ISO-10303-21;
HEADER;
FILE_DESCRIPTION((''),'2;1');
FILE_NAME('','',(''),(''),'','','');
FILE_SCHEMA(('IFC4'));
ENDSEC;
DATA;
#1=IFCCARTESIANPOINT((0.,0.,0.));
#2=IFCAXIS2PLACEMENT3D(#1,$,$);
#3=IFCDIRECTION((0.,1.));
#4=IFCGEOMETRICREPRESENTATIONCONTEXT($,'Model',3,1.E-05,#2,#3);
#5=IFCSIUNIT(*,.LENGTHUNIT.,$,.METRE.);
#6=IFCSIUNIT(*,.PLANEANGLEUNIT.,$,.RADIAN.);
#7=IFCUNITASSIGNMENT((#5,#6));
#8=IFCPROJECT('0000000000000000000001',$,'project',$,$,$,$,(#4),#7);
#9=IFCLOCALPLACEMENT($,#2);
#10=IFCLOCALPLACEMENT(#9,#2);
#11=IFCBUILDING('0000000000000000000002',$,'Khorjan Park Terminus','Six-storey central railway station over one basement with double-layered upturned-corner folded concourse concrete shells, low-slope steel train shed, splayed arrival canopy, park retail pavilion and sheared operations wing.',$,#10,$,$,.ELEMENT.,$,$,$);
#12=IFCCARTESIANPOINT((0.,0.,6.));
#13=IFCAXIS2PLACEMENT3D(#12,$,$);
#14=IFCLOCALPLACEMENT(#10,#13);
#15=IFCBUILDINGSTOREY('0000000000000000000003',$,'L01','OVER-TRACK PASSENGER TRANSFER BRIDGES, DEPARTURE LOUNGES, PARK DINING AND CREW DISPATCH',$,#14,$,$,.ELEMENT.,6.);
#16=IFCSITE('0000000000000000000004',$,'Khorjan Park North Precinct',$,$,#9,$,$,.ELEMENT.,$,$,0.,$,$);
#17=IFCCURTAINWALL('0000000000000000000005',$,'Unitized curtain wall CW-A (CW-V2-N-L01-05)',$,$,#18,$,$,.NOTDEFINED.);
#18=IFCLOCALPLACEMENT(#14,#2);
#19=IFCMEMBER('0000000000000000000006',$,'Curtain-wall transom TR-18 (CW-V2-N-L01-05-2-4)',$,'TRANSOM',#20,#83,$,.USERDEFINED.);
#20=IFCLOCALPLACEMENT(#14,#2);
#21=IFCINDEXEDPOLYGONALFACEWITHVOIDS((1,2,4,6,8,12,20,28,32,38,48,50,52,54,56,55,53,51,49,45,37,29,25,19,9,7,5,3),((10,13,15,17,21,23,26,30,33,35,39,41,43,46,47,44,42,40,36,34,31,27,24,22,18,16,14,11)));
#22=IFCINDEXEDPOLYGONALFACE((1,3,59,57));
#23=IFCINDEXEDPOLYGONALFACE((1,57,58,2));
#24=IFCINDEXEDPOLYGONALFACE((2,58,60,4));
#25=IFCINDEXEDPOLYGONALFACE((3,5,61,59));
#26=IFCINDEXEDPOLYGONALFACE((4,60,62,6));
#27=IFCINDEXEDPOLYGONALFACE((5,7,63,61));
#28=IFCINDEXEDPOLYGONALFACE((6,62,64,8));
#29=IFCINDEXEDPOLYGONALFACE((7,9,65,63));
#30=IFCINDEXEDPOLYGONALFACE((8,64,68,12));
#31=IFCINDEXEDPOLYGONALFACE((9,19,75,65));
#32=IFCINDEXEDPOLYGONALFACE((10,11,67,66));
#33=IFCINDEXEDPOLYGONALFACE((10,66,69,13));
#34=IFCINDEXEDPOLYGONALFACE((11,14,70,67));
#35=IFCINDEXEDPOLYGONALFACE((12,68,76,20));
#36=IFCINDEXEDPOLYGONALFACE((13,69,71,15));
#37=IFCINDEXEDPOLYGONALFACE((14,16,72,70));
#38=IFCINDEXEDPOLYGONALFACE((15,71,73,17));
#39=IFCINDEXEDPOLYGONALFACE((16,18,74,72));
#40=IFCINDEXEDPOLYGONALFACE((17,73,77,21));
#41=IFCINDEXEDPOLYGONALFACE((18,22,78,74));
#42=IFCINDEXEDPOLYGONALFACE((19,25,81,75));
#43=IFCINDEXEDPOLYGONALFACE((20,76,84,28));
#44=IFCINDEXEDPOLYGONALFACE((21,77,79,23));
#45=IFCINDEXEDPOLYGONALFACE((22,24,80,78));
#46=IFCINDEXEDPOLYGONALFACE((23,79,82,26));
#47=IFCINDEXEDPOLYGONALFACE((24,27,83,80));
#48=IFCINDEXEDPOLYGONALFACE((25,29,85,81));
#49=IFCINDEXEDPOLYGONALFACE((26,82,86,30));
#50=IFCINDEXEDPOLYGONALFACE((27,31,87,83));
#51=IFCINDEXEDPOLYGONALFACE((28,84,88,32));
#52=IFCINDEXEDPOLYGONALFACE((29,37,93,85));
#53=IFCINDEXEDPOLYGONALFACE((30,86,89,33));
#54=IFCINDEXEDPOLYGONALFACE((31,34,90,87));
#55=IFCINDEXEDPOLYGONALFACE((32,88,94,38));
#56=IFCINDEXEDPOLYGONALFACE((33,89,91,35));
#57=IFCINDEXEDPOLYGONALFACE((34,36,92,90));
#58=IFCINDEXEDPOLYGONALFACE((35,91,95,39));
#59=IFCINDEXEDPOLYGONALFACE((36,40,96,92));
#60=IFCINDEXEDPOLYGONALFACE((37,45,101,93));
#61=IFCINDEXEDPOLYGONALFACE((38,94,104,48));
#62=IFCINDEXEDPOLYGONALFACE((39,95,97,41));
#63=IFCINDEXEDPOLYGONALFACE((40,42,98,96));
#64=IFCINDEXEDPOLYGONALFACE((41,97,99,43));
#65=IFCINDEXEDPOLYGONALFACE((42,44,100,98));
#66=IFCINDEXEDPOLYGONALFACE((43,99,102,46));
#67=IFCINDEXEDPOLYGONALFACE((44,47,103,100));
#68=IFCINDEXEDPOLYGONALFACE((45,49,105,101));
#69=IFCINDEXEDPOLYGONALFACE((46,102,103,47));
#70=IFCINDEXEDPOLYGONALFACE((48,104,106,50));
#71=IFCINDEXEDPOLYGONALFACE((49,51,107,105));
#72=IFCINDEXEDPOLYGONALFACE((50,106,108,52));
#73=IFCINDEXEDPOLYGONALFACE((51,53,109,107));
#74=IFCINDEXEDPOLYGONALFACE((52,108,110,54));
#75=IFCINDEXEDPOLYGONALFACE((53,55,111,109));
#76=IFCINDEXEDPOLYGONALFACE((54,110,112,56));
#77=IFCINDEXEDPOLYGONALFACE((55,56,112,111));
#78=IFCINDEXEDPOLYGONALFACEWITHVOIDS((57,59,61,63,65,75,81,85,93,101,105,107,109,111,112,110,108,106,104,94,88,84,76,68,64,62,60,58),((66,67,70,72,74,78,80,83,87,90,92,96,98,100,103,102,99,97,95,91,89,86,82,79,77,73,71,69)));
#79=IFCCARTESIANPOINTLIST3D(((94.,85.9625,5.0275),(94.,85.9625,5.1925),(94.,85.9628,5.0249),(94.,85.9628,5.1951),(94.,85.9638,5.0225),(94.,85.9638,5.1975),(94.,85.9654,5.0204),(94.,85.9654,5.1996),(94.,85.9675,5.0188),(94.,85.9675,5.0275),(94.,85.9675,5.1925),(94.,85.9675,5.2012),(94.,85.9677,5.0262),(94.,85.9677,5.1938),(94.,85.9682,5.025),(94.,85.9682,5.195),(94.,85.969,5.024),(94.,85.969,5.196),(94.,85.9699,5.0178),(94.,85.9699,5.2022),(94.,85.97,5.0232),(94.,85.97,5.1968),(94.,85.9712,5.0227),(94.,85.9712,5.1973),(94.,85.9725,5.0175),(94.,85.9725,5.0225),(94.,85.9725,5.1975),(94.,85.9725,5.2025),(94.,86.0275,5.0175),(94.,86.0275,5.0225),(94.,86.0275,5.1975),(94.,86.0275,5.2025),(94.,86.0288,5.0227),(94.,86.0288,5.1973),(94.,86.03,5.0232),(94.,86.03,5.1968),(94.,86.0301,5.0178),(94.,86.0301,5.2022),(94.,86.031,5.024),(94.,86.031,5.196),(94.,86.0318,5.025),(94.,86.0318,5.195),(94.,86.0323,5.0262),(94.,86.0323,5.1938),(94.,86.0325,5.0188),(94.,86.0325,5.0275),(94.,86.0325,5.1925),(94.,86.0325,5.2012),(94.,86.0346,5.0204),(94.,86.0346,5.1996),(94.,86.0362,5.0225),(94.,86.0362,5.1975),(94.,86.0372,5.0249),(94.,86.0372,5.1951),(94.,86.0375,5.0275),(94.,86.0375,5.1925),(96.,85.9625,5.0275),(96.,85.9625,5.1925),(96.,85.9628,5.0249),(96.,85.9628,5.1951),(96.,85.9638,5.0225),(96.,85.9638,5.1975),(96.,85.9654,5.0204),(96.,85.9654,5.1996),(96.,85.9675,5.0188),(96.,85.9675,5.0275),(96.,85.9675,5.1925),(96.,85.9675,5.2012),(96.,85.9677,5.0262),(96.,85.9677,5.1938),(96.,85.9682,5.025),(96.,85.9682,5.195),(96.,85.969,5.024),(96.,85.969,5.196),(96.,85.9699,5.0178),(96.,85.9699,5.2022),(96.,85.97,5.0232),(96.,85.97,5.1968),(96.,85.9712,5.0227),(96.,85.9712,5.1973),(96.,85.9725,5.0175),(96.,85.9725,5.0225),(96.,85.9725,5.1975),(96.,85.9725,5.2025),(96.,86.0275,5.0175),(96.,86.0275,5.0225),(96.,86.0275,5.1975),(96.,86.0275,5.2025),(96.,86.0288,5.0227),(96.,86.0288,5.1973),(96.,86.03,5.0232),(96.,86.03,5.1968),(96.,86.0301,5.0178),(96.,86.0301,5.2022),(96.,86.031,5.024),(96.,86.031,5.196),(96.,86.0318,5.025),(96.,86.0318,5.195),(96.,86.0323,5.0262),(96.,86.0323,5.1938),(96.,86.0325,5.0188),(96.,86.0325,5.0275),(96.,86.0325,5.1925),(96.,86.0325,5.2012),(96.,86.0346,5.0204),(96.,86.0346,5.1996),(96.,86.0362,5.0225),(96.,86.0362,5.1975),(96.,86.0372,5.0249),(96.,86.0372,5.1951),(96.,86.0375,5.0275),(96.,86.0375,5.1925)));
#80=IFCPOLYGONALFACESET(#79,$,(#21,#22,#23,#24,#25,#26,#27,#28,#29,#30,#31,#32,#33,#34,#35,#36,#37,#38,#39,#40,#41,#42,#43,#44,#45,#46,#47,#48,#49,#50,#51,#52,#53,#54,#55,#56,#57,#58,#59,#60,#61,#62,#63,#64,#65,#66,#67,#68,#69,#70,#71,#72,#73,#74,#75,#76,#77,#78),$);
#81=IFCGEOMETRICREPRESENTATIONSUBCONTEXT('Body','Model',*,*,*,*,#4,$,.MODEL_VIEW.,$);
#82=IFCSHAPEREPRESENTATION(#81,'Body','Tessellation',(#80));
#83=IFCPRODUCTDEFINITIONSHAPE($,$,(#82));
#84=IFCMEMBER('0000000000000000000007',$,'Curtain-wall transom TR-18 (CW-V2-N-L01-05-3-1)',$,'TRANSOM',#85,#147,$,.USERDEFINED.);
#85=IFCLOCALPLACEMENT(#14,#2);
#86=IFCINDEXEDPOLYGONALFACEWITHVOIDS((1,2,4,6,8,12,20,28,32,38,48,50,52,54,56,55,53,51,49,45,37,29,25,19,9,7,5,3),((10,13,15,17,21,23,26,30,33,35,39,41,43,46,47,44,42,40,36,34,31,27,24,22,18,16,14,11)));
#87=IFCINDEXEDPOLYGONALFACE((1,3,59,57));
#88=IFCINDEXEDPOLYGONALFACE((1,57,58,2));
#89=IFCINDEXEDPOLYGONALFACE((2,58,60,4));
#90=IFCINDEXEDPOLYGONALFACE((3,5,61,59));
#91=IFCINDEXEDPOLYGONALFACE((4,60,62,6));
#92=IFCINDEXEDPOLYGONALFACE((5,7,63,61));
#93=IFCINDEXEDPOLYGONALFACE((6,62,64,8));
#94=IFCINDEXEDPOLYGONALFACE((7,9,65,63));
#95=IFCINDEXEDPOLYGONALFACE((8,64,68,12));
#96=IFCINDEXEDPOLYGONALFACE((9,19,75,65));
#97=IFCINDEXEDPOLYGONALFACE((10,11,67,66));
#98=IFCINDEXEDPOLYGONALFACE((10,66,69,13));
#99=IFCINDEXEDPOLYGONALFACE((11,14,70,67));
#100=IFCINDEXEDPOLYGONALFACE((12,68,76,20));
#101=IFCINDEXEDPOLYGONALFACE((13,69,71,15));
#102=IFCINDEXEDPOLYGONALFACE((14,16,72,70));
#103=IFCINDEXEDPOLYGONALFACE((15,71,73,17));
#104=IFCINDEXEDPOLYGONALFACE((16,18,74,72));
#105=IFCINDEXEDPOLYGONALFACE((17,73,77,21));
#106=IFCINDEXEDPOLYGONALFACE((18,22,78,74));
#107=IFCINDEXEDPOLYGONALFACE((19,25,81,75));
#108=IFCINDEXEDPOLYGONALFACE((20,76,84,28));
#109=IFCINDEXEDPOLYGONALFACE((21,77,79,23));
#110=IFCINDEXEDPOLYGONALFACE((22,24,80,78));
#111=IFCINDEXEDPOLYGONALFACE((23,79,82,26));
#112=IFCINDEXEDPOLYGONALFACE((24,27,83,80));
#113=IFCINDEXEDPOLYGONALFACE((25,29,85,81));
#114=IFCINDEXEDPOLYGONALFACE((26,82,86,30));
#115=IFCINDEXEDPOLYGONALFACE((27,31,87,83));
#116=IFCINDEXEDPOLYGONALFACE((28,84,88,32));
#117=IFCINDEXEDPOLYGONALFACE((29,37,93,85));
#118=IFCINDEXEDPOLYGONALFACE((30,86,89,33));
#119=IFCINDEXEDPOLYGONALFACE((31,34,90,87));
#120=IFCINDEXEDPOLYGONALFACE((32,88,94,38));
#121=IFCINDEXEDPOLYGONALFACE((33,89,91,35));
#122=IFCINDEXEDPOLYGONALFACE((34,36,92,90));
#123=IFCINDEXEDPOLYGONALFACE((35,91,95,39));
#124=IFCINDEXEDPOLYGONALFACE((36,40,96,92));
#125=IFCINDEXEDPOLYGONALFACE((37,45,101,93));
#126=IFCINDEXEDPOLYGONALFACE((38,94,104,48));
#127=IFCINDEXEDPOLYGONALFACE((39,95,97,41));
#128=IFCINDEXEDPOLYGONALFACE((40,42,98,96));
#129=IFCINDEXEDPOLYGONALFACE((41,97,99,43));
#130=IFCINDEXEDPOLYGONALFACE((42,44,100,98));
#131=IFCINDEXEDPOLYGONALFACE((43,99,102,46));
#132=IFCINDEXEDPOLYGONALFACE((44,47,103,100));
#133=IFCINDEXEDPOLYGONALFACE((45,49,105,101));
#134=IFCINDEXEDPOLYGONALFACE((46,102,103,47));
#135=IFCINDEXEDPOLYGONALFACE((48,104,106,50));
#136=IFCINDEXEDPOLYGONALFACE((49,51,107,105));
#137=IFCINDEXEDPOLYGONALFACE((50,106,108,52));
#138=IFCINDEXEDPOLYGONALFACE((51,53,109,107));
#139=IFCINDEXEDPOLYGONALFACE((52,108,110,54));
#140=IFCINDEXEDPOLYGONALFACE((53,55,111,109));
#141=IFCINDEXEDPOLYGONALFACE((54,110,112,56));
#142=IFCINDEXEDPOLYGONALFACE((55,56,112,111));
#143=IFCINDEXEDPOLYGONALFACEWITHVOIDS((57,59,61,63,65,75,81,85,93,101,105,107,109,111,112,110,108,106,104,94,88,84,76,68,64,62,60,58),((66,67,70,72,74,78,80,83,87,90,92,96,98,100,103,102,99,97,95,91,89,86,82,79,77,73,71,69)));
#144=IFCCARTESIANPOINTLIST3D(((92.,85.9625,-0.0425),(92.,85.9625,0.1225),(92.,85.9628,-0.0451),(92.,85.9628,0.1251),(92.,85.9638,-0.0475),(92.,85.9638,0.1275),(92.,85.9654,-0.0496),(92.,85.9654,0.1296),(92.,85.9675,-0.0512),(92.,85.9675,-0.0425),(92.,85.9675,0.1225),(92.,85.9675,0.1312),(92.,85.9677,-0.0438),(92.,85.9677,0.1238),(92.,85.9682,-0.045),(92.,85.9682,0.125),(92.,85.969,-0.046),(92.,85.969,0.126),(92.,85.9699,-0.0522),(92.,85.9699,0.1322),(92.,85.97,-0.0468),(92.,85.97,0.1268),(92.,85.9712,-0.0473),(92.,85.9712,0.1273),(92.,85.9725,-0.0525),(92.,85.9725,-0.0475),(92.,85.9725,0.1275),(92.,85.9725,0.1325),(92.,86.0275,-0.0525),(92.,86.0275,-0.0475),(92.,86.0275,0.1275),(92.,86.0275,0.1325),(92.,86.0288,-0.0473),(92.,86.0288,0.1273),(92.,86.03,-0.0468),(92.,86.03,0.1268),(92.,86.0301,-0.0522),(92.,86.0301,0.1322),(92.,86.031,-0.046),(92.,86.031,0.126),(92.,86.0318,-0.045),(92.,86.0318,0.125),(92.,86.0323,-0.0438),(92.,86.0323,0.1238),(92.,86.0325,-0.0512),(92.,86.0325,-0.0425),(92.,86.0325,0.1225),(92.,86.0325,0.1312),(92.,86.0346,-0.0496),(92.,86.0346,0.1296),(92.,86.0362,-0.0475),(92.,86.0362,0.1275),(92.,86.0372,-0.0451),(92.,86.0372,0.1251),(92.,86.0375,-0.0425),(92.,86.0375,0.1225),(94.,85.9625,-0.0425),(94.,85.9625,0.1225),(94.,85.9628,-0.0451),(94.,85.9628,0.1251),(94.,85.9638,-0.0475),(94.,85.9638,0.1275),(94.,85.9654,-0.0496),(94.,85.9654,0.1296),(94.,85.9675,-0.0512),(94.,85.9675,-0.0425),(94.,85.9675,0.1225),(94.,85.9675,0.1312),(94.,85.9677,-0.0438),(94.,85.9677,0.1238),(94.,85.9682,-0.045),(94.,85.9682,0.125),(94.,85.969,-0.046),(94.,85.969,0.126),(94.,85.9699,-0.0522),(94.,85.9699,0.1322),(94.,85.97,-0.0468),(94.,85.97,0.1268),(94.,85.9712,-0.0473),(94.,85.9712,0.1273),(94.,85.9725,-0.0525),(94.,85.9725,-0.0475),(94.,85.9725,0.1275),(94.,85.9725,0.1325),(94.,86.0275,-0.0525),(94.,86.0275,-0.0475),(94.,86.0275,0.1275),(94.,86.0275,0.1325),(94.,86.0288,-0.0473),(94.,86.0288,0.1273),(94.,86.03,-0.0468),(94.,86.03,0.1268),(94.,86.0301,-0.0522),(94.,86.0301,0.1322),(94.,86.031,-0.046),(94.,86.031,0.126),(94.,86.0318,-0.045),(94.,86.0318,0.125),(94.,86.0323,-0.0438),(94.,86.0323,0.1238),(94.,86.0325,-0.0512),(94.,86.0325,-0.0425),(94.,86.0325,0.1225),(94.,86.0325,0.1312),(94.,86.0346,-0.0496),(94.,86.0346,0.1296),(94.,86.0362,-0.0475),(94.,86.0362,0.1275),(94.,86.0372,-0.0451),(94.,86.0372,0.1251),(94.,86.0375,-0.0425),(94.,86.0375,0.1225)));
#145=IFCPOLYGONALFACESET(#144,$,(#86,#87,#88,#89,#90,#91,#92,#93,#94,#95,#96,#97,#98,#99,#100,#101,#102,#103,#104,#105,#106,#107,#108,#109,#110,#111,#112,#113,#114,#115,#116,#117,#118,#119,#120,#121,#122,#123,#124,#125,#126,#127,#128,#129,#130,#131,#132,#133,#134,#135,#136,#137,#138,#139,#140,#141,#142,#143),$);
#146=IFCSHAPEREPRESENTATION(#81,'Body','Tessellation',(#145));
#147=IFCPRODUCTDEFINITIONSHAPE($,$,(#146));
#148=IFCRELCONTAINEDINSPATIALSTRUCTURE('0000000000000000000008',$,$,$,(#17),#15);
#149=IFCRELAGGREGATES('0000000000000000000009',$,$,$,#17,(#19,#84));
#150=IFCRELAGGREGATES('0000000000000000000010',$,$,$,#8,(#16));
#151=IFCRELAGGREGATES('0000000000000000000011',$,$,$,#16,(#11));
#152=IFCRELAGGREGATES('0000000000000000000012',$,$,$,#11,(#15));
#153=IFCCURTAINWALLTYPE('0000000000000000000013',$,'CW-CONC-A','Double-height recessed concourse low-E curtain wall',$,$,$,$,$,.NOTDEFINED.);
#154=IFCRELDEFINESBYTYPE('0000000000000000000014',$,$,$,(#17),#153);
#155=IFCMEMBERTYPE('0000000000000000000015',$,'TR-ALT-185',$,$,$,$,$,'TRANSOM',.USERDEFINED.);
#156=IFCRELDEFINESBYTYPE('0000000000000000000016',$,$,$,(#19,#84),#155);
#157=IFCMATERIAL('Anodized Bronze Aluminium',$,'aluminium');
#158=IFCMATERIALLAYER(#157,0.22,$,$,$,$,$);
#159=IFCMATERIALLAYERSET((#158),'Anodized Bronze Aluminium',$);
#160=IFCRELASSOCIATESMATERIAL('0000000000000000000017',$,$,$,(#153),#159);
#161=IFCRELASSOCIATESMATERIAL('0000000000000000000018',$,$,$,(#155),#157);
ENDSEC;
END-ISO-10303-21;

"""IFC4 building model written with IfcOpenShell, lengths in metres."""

from ifc_helpers import new_model, si_unit, direction, frame, origin, origin_2d, place, context, subcontext, project, spatial, hollow_rectangle, extrude, material, layer, layer_set, material_profile, profile_set, type_object, element, aggregate, save


model = new_model("IFC4")

# Units and contexts
model_context = context("Model", 3, precision=1e-05, world=origin(), true_north=direction((0.0, 1.0)))
body_context = subcontext(model_context, "Body", "Model", "MODEL_VIEW")
ifc_project = project(units=[si_unit("LENGTHUNIT", "METRE"), si_unit("PLANEANGLEUNIT", "RADIAN")], contexts=[model_context])

# Site, building, storey
site_placement = place(None, origin())
site = spatial("IfcSite", under=ifc_project, at=site_placement, Name="Khorjan Park North Precinct", CompositionType="ELEMENT", RefElevation=0.0)
building_placement = place(site_placement, origin())
building = spatial("IfcBuilding", under=site, at=building_placement, Name="Khorjan Park Terminus", Description="Six-storey central railway station over one basement with double-layered upturned-corner folded concourse concrete shells, low-slope steel train shed, splayed arrival canopy, park retail pavilion and sheared operations wing.", CompositionType="ELEMENT")
storey_placement = place(building_placement, frame((0.0, 0.0, 6.0)))
storey = spatial("IfcBuildingStorey", under=building, at=storey_placement, Name="L01", Description="OVER-TRACK PASSENGER TRANSFER BRIDGES, DEPARTURE LOUNGES, PARK DINING AND CREW DISPATCH", CompositionType="ELEMENT", Elevation=6.0)

# Curtain wall
ifc_material_1 = material(Name="Anodized Bronze Aluminium", Category="aluminium")
ifc_layer_1 = layer(ifc_material_1, 0.22)
ifc_layer_set_1 = layer_set([ifc_layer_1], Name="Anodized Bronze Aluminium")
curtain_wall_type = type_object("IfcCurtainWallType", Name="CW-CONC-A", Description="Double-height recessed concourse low-E curtain wall", PredefinedType="NOTDEFINED", material=ifc_layer_set_1)
curtain_wall_1_placement = place(storey_placement, origin())
curtain_wall_1 = element("IfcCurtainWall", 1, at=curtain_wall_1_placement, inside=storey, type_object=curtain_wall_type, Name="Unitized curtain wall CW-A (CW-V2-N-L01-05)", PredefinedType="NOTDEFINED")
ifc_material_profile_1 = material_profile(ifc_material_1, hollow_rectangle(XDim=0.075, YDim=0.185, WallThickness=0.005, InnerFilletRadius=0.005, OuterFilletRadius=0.01, at=origin_2d()), Name="ALT 75x185x5")
ifc_profile_set_1 = profile_set([ifc_material_profile_1], Name="Anodized Bronze Aluminium")
member_type_1 = type_object("IfcMemberType", Name="TR-ALT-185", ElementType="TRANSOM", PredefinedType="USERDEFINED", material=ifc_profile_set_1)

# Members
member_1_placement = place(storey_placement, frame((96.0, 86.0, 5.11), z_axis=(-1.0, 0.0, 0.0), x_axis=(0.0, -1.0, 0.0)))
member_1 = element("IfcMember", 2, at=member_1_placement, type_object=member_type_1, Name="Curtain-wall transom TR-18 (CW-V2-N-L01-05-2-4)", ObjectType="TRANSOM", PredefinedType="USERDEFINED", context=body_context, shape_type="SweptSolid", body=[
    extrude(hollow_rectangle(XDim=0.075, YDim=0.185, WallThickness=0.005, InnerFilletRadius=0.005, OuterFilletRadius=0.01, at=origin_2d()), origin(), (0.0, 0.0, 1.0), 2.0),
])
member_2_placement = place(storey_placement, frame((94.0, 86.0, 0.04), z_axis=(-1.0, 0.0, 0.0), x_axis=(0.0, -1.0, 0.0)))
member_2 = element("IfcMember", 3, at=member_2_placement, type_object=member_type_1, Name="Curtain-wall transom TR-18 (CW-V2-N-L01-05-3-1)", ObjectType="TRANSOM", PredefinedType="USERDEFINED", context=body_context, shape_type="SweptSolid", body=[
    extrude(hollow_rectangle(XDim=0.075, YDim=0.185, WallThickness=0.005, InnerFilletRadius=0.005, OuterFilletRadius=0.01, at=origin_2d()), origin(), (0.0, 0.0, 1.0), 2.0),
])

aggregate(curtain_wall_1, [member_1, member_2])

save(model, "model.ifc")
